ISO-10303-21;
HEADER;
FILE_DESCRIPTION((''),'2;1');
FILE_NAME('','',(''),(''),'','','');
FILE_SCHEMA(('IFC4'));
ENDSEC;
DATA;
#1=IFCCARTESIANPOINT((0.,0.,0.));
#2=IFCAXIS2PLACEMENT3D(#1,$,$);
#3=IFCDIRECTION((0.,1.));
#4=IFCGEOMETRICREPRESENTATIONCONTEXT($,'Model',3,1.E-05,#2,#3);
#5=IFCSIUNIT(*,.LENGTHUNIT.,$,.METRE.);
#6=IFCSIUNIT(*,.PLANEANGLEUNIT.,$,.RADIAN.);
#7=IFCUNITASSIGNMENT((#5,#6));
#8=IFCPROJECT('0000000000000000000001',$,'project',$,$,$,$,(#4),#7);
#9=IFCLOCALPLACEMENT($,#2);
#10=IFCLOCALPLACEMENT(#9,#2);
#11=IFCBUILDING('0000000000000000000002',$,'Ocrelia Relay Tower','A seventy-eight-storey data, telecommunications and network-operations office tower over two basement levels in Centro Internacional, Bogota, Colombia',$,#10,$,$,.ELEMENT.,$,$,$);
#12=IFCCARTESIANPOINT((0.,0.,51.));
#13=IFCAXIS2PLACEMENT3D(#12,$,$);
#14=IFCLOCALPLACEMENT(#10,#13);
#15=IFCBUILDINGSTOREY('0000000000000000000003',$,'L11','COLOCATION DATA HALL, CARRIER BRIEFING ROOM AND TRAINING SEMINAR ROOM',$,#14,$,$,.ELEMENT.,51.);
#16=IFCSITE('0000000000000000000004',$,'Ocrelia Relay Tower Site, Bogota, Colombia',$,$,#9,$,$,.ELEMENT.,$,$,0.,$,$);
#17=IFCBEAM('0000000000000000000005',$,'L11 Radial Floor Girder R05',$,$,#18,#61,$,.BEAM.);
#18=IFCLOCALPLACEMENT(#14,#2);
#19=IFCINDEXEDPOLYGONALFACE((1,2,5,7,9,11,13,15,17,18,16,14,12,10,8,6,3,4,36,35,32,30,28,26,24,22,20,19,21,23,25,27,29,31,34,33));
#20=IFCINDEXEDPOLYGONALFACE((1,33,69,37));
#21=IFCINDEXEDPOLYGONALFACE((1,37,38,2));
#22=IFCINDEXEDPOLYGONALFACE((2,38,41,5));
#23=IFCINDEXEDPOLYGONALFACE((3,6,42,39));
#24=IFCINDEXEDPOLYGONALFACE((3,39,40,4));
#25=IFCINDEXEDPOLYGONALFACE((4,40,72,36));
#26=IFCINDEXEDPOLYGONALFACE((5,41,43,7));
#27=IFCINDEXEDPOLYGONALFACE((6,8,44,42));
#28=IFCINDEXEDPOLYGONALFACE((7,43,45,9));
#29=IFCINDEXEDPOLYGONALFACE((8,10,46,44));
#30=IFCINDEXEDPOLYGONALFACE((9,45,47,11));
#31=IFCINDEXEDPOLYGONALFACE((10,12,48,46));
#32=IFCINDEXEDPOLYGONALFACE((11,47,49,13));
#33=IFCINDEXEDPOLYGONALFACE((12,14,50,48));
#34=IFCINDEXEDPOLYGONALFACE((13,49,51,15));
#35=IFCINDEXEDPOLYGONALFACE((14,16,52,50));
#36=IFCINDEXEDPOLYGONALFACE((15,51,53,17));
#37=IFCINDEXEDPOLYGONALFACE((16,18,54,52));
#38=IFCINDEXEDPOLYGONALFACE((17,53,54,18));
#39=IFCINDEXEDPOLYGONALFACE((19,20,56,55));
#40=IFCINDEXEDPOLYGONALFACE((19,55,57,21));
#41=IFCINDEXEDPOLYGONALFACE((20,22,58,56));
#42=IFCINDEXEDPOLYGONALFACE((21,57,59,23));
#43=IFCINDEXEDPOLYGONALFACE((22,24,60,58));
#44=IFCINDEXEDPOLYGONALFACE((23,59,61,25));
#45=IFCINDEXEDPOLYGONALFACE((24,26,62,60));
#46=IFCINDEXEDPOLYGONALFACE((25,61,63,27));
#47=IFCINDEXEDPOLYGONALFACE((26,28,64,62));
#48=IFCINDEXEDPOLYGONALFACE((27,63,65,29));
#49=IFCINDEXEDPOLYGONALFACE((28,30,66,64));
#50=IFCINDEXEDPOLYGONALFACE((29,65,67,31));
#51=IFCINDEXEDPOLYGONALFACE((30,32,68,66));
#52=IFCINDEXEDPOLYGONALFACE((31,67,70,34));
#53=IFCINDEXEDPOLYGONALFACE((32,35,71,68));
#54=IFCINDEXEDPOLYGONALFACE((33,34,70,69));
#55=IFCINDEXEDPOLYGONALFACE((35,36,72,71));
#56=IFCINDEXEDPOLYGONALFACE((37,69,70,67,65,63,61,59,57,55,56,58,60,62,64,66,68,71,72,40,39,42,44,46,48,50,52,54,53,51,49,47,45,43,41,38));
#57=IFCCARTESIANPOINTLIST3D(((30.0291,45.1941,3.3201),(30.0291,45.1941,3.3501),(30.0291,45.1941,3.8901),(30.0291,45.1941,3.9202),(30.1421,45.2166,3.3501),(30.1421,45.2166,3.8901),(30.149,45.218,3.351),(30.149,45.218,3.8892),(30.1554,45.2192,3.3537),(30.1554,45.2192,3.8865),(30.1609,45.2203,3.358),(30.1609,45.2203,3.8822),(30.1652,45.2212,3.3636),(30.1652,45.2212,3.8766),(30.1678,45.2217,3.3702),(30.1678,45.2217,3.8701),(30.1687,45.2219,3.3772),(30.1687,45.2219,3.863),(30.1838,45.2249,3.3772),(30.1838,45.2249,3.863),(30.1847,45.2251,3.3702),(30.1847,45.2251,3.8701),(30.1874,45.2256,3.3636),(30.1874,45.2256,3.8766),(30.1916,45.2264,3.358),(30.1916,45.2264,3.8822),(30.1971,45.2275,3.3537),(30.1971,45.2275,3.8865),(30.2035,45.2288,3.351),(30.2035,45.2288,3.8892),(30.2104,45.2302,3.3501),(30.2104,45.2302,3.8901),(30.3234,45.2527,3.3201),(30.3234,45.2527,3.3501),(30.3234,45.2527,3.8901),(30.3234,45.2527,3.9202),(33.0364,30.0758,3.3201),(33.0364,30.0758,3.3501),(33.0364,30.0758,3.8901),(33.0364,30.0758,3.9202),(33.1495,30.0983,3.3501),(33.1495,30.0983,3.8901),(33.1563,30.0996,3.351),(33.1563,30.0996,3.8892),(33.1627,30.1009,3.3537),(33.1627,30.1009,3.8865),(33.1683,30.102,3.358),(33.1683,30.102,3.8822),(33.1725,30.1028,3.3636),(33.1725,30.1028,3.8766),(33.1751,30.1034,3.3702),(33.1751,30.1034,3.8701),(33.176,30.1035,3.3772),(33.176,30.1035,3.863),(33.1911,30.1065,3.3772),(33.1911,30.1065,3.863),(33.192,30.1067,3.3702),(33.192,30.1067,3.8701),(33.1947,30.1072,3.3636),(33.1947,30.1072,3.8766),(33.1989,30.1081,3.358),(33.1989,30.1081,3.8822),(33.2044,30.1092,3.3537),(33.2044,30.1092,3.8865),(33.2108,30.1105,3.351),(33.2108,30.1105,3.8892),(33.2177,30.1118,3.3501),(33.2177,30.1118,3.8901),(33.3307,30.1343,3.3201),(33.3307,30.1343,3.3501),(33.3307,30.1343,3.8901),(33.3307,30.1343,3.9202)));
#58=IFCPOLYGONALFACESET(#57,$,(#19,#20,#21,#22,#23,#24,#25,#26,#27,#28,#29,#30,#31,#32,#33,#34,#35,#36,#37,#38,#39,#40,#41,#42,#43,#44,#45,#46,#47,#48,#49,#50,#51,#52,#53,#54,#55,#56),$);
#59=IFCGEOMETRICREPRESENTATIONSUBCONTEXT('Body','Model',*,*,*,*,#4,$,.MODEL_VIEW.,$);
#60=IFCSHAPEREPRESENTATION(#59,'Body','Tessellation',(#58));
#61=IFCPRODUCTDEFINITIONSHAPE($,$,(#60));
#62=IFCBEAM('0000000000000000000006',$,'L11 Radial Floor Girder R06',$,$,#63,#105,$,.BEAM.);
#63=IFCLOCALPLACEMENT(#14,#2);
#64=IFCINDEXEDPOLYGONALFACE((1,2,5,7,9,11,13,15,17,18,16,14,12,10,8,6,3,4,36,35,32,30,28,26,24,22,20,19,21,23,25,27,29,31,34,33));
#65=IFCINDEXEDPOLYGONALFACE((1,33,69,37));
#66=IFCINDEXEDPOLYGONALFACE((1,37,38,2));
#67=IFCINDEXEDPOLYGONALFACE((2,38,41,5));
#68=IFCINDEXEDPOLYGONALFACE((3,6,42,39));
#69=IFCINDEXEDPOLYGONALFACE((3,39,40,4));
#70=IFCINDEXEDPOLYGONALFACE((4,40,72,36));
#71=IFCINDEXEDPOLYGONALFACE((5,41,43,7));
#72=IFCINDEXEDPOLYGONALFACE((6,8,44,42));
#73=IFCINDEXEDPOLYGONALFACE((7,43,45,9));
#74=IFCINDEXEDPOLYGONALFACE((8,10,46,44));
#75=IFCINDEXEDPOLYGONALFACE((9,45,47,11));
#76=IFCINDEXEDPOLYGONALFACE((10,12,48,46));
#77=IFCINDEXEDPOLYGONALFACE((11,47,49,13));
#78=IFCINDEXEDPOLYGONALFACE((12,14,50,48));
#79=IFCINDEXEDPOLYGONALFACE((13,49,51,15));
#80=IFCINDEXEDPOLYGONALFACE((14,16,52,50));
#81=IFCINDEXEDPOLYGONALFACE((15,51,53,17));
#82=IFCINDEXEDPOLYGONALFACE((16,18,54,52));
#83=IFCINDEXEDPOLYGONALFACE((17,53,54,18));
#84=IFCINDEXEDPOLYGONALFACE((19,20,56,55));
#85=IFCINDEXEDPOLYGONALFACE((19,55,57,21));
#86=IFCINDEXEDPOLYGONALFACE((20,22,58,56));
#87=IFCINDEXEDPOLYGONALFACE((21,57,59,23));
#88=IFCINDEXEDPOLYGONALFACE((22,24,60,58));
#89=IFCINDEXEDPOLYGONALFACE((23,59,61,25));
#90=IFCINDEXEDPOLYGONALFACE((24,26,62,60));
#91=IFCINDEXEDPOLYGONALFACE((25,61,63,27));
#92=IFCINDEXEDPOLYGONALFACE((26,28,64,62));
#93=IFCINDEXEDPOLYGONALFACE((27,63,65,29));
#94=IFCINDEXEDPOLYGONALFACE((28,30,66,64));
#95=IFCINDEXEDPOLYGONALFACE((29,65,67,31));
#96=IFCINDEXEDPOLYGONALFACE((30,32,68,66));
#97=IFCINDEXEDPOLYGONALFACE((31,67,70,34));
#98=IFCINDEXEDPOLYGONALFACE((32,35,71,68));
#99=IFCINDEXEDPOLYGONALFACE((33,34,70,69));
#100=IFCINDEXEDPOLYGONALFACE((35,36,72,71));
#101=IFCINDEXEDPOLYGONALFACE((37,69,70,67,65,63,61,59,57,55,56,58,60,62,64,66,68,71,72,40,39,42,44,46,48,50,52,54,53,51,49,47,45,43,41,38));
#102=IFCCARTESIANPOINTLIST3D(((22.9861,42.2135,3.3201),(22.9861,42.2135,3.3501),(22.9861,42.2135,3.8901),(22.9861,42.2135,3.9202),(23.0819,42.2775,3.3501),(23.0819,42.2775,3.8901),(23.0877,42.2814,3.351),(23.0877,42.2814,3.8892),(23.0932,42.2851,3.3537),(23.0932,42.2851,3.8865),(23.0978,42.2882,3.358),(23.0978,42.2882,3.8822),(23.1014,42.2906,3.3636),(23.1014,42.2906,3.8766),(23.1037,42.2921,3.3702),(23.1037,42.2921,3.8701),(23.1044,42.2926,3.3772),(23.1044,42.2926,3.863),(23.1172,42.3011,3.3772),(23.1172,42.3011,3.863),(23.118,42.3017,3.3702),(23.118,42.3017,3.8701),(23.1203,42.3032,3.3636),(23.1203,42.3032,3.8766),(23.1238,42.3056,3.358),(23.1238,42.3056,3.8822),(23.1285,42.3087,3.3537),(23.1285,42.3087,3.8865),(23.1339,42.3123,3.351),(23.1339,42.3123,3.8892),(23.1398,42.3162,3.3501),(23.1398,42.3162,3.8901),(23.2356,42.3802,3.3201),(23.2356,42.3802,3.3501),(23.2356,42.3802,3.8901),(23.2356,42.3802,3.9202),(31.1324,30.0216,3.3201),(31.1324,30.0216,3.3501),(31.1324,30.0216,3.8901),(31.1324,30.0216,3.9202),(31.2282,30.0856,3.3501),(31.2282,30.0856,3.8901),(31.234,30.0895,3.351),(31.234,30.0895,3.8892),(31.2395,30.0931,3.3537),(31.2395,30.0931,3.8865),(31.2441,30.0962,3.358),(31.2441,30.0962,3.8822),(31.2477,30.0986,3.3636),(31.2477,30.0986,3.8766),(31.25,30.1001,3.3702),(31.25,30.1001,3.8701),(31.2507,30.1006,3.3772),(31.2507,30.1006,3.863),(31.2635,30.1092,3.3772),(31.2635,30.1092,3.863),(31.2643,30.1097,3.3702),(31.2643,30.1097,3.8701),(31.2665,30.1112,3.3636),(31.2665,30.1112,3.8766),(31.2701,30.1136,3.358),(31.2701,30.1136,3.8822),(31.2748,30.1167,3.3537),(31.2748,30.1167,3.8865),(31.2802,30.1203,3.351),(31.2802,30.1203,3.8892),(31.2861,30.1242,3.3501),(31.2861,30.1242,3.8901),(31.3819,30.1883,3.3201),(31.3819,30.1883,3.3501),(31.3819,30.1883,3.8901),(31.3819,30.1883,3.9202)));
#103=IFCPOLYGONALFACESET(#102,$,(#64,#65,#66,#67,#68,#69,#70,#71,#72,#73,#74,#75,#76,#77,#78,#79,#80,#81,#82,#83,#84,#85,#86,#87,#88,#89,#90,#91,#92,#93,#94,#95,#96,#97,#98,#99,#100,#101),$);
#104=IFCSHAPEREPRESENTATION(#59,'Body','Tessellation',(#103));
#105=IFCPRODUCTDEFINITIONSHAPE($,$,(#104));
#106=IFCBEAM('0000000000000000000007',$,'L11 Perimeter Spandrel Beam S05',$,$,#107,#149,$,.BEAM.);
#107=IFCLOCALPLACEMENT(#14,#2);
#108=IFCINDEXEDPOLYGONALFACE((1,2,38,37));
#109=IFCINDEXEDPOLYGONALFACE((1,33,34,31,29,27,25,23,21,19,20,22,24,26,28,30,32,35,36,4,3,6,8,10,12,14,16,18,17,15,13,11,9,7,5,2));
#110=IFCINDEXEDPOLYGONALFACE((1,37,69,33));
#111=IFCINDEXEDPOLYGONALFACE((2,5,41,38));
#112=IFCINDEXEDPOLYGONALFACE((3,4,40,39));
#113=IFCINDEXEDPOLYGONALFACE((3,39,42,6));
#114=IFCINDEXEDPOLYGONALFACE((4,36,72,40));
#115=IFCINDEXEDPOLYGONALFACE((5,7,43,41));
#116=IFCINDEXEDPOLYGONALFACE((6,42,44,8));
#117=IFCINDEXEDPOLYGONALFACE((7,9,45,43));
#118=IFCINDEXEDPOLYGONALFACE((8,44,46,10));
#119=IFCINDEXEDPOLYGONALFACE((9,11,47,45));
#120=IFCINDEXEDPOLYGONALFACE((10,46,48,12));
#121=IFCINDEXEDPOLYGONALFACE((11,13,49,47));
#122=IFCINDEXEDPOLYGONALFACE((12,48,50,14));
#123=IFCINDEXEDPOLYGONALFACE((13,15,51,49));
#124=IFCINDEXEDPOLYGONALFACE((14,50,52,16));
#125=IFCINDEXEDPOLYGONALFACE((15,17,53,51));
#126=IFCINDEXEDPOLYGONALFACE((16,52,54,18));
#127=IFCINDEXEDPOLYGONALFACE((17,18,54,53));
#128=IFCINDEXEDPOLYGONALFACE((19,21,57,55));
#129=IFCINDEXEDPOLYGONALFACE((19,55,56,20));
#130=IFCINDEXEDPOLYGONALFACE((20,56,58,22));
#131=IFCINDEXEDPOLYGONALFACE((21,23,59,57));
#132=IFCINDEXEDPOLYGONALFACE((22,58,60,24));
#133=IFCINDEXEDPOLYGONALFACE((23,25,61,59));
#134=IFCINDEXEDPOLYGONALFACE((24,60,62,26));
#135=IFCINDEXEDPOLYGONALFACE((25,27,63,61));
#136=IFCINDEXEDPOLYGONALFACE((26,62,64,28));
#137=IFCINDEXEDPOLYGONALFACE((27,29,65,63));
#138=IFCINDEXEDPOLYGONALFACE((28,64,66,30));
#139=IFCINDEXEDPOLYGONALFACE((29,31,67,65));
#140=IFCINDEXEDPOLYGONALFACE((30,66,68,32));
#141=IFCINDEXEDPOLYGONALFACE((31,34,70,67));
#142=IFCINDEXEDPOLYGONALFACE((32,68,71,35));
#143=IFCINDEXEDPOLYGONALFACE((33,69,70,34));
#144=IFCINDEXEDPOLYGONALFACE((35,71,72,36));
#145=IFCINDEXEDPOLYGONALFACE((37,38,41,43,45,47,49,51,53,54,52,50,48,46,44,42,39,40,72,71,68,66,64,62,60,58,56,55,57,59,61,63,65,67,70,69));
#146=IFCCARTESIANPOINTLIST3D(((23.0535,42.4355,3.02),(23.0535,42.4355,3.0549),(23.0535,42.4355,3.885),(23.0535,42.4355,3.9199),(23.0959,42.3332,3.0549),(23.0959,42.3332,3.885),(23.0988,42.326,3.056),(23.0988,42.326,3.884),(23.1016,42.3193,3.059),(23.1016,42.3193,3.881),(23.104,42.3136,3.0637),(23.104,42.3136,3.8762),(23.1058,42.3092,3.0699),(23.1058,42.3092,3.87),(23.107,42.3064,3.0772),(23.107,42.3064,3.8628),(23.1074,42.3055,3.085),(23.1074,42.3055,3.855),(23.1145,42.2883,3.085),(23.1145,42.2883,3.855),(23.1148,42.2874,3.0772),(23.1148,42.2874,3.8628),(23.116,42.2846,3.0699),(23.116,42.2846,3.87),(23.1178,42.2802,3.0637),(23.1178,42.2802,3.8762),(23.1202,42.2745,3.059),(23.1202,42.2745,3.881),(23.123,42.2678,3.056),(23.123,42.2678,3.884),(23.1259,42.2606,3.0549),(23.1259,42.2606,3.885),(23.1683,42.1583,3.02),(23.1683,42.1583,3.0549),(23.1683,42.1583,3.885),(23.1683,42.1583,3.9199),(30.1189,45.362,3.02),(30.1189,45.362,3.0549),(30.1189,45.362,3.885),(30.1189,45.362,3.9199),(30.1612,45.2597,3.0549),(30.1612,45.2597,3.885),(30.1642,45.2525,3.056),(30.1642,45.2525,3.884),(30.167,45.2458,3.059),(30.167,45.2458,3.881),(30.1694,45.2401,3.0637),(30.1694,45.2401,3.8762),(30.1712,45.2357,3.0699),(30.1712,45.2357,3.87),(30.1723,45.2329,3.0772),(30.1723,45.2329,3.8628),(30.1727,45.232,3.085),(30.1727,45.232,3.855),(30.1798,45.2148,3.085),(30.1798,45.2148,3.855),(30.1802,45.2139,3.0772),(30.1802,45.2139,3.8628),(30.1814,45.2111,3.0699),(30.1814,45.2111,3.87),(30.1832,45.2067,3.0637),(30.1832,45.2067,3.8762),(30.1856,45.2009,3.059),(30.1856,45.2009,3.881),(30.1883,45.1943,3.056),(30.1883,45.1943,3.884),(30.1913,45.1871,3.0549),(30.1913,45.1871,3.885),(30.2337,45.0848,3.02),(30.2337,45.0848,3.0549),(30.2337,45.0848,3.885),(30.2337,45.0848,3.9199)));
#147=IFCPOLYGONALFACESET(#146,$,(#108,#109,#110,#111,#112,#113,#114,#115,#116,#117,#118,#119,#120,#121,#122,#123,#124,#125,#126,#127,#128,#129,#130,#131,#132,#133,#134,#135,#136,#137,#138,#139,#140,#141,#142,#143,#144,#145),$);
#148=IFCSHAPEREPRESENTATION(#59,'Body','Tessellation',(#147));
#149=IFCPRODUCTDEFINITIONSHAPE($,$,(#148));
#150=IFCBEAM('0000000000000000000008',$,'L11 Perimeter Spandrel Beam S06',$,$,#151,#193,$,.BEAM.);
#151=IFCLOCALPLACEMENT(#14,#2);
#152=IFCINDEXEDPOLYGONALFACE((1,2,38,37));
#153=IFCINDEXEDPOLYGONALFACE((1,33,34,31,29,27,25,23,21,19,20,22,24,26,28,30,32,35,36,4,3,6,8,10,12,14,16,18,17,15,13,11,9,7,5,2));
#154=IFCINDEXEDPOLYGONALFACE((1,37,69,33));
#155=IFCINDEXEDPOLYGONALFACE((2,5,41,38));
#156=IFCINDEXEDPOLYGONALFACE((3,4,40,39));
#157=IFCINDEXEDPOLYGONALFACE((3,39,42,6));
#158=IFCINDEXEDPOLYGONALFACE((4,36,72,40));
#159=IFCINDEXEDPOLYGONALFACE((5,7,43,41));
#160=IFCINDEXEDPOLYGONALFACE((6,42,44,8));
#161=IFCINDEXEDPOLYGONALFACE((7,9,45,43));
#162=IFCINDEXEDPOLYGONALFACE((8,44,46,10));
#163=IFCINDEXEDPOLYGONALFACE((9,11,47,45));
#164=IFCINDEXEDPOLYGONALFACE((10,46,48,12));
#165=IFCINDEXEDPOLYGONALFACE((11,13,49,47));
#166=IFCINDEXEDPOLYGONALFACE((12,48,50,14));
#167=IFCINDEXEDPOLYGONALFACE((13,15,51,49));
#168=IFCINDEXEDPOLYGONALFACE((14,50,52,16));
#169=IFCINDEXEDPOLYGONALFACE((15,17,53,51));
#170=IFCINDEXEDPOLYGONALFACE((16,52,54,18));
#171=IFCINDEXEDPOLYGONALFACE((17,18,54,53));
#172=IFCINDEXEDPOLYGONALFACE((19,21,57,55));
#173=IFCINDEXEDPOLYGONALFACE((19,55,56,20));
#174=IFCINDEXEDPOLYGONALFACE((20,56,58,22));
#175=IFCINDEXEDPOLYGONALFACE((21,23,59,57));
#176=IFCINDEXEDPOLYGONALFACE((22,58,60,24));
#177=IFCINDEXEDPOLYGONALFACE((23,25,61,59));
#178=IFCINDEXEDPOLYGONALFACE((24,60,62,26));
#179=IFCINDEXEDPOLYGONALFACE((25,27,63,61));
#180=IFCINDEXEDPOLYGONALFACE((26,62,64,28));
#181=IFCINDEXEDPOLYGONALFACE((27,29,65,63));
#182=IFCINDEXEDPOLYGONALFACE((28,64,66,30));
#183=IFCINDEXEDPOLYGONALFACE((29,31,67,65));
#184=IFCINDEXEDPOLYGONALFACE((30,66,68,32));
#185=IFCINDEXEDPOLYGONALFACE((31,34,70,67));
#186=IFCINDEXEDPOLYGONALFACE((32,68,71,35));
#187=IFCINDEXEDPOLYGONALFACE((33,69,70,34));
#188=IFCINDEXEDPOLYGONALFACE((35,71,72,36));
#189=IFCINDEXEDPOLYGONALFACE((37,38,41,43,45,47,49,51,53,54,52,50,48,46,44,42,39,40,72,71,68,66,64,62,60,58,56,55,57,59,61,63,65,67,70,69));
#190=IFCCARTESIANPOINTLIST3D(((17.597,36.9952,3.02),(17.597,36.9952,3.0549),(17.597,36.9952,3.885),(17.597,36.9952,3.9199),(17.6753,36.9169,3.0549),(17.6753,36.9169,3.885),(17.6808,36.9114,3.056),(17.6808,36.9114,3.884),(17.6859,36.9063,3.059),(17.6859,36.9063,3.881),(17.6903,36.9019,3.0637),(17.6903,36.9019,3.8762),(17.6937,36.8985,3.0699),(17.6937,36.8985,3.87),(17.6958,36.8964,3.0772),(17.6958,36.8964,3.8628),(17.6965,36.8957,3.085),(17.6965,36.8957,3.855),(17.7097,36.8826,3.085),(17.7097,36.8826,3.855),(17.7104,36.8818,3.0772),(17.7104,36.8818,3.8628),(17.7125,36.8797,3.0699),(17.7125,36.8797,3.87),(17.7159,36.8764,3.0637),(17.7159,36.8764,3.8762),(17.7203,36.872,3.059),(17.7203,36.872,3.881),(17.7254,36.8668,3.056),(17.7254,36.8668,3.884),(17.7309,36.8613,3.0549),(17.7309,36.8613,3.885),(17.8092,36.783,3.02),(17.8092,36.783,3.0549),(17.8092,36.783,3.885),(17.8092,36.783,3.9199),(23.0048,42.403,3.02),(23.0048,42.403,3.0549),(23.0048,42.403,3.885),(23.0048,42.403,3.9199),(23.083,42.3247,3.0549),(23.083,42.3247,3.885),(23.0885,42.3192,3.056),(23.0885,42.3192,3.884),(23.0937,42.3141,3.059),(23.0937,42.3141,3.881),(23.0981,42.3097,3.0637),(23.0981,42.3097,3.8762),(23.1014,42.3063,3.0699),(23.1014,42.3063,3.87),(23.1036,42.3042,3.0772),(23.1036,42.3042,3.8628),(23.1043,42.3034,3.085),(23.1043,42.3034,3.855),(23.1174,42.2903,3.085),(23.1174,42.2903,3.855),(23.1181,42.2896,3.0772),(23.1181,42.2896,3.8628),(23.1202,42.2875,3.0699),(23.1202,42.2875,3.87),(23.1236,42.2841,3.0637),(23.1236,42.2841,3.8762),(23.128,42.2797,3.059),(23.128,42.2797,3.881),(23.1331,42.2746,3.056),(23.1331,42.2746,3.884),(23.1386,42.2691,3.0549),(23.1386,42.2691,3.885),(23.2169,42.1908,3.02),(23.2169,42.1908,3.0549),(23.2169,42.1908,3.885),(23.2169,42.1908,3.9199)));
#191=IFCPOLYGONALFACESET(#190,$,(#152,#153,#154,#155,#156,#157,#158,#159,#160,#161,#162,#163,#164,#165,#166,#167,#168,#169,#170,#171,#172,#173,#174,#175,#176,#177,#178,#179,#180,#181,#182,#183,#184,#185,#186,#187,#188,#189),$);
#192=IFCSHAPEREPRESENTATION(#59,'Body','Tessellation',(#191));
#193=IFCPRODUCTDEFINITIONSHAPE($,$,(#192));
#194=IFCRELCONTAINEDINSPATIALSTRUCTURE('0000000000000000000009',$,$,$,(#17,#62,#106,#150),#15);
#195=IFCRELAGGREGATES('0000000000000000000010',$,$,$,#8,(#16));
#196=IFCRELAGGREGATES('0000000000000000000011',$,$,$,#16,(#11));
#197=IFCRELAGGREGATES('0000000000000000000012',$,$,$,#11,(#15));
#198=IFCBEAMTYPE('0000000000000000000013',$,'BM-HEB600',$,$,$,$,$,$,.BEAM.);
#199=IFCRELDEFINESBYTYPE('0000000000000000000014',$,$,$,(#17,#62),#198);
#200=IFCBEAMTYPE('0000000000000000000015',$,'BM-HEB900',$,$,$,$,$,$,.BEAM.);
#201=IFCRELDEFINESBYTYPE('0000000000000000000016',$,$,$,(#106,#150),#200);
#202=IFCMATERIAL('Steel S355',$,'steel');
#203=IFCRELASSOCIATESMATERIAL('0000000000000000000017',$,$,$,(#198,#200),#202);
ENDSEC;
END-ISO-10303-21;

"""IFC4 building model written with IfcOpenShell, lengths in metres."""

from ifc_helpers import new_model, si_unit, direction, frame, origin, origin_2d, place, context, subcontext, project, spatial, i_section, extrude, material, material_profile, profile_set, type_object, element, save


model = new_model("IFC4")

# Units and contexts
model_context = context("Model", 3, precision=1e-05, world=origin(), true_north=direction((0.0, 1.0)))
body_context = subcontext(model_context, "Body", "Model", "MODEL_VIEW")
ifc_project = project(units=[si_unit("LENGTHUNIT", "METRE"), si_unit("PLANEANGLEUNIT", "RADIAN")], contexts=[model_context])

# Site, building, storey
site_placement = place(None, origin())
site = spatial("IfcSite", under=ifc_project, at=site_placement, Name="Ocrelia Relay Tower Site, Bogota, Colombia", CompositionType="ELEMENT", RefElevation=0.0)
building_placement = place(site_placement, origin())
building = spatial("IfcBuilding", under=site, at=building_placement, Name="Ocrelia Relay Tower", Description="A seventy-eight-storey data, telecommunications and network-operations office tower over two basement levels in Centro Internacional, Bogota, Colombia", CompositionType="ELEMENT")
storey_placement = place(building_placement, frame((0.0, 0.0, 51.0)))
storey = spatial("IfcBuildingStorey", under=building, at=storey_placement, Name="L11", Description="COLOCATION DATA HALL, CARRIER BRIEFING ROOM AND TRAINING SEMINAR ROOM", CompositionType="ELEMENT", Elevation=51.0)

# Beams
ifc_material_1 = material(Name="Steel S355", Category="steel")
ifc_material_profile_1 = material_profile(ifc_material_1, i_section(OverallWidth=0.3, OverallDepth=0.6001, WebThickness=0.0154, FlangeThickness=0.03, FilletRadius=0.0271, at=origin_2d()), Name="HEB 600")
ifc_profile_set_1 = profile_set([ifc_material_profile_1], Name="Steel S355")
beam_type_1 = type_object("IfcBeamType", Name="BM-HEB600", PredefinedType="BEAM", material=ifc_profile_set_1)
beam_1_placement = place(storey_placement, frame((30.1763, 45.2234, 3.6201), z_axis=(0.195096, -0.980784, 0.0), x_axis=(0.980784, 0.195096, 0.0)))
element("IfcBeam", 1, at=beam_1_placement, inside=storey, type_object=beam_type_1, Name="L11 Radial Floor Girder R05", PredefinedType="BEAM", context=body_context, shape_type="SweptSolid", body=[
    extrude(i_section(OverallWidth=0.3, OverallDepth=0.6001, WebThickness=0.0154, FlangeThickness=0.03, FilletRadius=0.0271, at=origin_2d()), origin(), (0.0, 0.0, 1.0), 15.4146),
])
beam_2_placement = place(storey_placement, frame((23.1108, 42.2969, 3.6201), z_axis=(0.555564, -0.831473, 0.0), x_axis=(0.831473, 0.555564, 0.0)))
element("IfcBeam", 2, at=beam_2_placement, inside=storey, type_object=beam_type_1, Name="L11 Radial Floor Girder R06", PredefinedType="BEAM", context=body_context, shape_type="SweptSolid", body=[
    extrude(i_section(OverallWidth=0.3, OverallDepth=0.6001, WebThickness=0.0154, FlangeThickness=0.03, FilletRadius=0.0271, at=origin_2d()), origin(), (0.0, 0.0, 1.0), 14.6631),
])
ifc_material_profile_2 = material_profile(ifc_material_1, i_section(OverallWidth=0.3, OverallDepth=0.8999, WebThickness=0.0186, FlangeThickness=0.0349, FilletRadius=0.03, at=origin_2d()), Name="HEB 900")
ifc_profile_set_2 = profile_set([ifc_material_profile_2], Name="Steel S355")
beam_type_2 = type_object("IfcBeamType", Name="BM-HEB900", PredefinedType="BEAM", material=ifc_profile_set_2)
beam_3_placement = place(storey_placement, frame((30.1763, 45.2234, 3.47), z_axis=(-0.923883, -0.382674, 0.0), x_axis=(0.382674, -0.923883, 0.0)))
element("IfcBeam", 3, at=beam_3_placement, inside=storey, type_object=beam_type_2, Name="L11 Perimeter Spandrel Beam S05", PredefinedType="BEAM", context=body_context, shape_type="SweptSolid", body=[
    extrude(i_section(OverallWidth=0.3, OverallDepth=0.8999, WebThickness=0.0186, FlangeThickness=0.0349, FilletRadius=0.03, at=origin_2d()), origin(), (0.0, 0.0, 1.0), 7.6475),
])
beam_4_placement = place(storey_placement, frame((23.1108, 42.2969, 3.47), z_axis=(-0.707107, -0.707107, 0.0), x_axis=(0.707107, -0.707107, 0.0)))
element("IfcBeam", 4, at=beam_4_placement, inside=storey, type_object=beam_type_2, Name="L11 Perimeter Spandrel Beam S06", PredefinedType="BEAM", context=body_context, shape_type="SweptSolid", body=[
    extrude(i_section(OverallWidth=0.3, OverallDepth=0.8999, WebThickness=0.0186, FlangeThickness=0.0349, FilletRadius=0.03, at=origin_2d()), origin(), (0.0, 0.0, 1.0), 7.6477),
])

save(model, "model.ifc")
